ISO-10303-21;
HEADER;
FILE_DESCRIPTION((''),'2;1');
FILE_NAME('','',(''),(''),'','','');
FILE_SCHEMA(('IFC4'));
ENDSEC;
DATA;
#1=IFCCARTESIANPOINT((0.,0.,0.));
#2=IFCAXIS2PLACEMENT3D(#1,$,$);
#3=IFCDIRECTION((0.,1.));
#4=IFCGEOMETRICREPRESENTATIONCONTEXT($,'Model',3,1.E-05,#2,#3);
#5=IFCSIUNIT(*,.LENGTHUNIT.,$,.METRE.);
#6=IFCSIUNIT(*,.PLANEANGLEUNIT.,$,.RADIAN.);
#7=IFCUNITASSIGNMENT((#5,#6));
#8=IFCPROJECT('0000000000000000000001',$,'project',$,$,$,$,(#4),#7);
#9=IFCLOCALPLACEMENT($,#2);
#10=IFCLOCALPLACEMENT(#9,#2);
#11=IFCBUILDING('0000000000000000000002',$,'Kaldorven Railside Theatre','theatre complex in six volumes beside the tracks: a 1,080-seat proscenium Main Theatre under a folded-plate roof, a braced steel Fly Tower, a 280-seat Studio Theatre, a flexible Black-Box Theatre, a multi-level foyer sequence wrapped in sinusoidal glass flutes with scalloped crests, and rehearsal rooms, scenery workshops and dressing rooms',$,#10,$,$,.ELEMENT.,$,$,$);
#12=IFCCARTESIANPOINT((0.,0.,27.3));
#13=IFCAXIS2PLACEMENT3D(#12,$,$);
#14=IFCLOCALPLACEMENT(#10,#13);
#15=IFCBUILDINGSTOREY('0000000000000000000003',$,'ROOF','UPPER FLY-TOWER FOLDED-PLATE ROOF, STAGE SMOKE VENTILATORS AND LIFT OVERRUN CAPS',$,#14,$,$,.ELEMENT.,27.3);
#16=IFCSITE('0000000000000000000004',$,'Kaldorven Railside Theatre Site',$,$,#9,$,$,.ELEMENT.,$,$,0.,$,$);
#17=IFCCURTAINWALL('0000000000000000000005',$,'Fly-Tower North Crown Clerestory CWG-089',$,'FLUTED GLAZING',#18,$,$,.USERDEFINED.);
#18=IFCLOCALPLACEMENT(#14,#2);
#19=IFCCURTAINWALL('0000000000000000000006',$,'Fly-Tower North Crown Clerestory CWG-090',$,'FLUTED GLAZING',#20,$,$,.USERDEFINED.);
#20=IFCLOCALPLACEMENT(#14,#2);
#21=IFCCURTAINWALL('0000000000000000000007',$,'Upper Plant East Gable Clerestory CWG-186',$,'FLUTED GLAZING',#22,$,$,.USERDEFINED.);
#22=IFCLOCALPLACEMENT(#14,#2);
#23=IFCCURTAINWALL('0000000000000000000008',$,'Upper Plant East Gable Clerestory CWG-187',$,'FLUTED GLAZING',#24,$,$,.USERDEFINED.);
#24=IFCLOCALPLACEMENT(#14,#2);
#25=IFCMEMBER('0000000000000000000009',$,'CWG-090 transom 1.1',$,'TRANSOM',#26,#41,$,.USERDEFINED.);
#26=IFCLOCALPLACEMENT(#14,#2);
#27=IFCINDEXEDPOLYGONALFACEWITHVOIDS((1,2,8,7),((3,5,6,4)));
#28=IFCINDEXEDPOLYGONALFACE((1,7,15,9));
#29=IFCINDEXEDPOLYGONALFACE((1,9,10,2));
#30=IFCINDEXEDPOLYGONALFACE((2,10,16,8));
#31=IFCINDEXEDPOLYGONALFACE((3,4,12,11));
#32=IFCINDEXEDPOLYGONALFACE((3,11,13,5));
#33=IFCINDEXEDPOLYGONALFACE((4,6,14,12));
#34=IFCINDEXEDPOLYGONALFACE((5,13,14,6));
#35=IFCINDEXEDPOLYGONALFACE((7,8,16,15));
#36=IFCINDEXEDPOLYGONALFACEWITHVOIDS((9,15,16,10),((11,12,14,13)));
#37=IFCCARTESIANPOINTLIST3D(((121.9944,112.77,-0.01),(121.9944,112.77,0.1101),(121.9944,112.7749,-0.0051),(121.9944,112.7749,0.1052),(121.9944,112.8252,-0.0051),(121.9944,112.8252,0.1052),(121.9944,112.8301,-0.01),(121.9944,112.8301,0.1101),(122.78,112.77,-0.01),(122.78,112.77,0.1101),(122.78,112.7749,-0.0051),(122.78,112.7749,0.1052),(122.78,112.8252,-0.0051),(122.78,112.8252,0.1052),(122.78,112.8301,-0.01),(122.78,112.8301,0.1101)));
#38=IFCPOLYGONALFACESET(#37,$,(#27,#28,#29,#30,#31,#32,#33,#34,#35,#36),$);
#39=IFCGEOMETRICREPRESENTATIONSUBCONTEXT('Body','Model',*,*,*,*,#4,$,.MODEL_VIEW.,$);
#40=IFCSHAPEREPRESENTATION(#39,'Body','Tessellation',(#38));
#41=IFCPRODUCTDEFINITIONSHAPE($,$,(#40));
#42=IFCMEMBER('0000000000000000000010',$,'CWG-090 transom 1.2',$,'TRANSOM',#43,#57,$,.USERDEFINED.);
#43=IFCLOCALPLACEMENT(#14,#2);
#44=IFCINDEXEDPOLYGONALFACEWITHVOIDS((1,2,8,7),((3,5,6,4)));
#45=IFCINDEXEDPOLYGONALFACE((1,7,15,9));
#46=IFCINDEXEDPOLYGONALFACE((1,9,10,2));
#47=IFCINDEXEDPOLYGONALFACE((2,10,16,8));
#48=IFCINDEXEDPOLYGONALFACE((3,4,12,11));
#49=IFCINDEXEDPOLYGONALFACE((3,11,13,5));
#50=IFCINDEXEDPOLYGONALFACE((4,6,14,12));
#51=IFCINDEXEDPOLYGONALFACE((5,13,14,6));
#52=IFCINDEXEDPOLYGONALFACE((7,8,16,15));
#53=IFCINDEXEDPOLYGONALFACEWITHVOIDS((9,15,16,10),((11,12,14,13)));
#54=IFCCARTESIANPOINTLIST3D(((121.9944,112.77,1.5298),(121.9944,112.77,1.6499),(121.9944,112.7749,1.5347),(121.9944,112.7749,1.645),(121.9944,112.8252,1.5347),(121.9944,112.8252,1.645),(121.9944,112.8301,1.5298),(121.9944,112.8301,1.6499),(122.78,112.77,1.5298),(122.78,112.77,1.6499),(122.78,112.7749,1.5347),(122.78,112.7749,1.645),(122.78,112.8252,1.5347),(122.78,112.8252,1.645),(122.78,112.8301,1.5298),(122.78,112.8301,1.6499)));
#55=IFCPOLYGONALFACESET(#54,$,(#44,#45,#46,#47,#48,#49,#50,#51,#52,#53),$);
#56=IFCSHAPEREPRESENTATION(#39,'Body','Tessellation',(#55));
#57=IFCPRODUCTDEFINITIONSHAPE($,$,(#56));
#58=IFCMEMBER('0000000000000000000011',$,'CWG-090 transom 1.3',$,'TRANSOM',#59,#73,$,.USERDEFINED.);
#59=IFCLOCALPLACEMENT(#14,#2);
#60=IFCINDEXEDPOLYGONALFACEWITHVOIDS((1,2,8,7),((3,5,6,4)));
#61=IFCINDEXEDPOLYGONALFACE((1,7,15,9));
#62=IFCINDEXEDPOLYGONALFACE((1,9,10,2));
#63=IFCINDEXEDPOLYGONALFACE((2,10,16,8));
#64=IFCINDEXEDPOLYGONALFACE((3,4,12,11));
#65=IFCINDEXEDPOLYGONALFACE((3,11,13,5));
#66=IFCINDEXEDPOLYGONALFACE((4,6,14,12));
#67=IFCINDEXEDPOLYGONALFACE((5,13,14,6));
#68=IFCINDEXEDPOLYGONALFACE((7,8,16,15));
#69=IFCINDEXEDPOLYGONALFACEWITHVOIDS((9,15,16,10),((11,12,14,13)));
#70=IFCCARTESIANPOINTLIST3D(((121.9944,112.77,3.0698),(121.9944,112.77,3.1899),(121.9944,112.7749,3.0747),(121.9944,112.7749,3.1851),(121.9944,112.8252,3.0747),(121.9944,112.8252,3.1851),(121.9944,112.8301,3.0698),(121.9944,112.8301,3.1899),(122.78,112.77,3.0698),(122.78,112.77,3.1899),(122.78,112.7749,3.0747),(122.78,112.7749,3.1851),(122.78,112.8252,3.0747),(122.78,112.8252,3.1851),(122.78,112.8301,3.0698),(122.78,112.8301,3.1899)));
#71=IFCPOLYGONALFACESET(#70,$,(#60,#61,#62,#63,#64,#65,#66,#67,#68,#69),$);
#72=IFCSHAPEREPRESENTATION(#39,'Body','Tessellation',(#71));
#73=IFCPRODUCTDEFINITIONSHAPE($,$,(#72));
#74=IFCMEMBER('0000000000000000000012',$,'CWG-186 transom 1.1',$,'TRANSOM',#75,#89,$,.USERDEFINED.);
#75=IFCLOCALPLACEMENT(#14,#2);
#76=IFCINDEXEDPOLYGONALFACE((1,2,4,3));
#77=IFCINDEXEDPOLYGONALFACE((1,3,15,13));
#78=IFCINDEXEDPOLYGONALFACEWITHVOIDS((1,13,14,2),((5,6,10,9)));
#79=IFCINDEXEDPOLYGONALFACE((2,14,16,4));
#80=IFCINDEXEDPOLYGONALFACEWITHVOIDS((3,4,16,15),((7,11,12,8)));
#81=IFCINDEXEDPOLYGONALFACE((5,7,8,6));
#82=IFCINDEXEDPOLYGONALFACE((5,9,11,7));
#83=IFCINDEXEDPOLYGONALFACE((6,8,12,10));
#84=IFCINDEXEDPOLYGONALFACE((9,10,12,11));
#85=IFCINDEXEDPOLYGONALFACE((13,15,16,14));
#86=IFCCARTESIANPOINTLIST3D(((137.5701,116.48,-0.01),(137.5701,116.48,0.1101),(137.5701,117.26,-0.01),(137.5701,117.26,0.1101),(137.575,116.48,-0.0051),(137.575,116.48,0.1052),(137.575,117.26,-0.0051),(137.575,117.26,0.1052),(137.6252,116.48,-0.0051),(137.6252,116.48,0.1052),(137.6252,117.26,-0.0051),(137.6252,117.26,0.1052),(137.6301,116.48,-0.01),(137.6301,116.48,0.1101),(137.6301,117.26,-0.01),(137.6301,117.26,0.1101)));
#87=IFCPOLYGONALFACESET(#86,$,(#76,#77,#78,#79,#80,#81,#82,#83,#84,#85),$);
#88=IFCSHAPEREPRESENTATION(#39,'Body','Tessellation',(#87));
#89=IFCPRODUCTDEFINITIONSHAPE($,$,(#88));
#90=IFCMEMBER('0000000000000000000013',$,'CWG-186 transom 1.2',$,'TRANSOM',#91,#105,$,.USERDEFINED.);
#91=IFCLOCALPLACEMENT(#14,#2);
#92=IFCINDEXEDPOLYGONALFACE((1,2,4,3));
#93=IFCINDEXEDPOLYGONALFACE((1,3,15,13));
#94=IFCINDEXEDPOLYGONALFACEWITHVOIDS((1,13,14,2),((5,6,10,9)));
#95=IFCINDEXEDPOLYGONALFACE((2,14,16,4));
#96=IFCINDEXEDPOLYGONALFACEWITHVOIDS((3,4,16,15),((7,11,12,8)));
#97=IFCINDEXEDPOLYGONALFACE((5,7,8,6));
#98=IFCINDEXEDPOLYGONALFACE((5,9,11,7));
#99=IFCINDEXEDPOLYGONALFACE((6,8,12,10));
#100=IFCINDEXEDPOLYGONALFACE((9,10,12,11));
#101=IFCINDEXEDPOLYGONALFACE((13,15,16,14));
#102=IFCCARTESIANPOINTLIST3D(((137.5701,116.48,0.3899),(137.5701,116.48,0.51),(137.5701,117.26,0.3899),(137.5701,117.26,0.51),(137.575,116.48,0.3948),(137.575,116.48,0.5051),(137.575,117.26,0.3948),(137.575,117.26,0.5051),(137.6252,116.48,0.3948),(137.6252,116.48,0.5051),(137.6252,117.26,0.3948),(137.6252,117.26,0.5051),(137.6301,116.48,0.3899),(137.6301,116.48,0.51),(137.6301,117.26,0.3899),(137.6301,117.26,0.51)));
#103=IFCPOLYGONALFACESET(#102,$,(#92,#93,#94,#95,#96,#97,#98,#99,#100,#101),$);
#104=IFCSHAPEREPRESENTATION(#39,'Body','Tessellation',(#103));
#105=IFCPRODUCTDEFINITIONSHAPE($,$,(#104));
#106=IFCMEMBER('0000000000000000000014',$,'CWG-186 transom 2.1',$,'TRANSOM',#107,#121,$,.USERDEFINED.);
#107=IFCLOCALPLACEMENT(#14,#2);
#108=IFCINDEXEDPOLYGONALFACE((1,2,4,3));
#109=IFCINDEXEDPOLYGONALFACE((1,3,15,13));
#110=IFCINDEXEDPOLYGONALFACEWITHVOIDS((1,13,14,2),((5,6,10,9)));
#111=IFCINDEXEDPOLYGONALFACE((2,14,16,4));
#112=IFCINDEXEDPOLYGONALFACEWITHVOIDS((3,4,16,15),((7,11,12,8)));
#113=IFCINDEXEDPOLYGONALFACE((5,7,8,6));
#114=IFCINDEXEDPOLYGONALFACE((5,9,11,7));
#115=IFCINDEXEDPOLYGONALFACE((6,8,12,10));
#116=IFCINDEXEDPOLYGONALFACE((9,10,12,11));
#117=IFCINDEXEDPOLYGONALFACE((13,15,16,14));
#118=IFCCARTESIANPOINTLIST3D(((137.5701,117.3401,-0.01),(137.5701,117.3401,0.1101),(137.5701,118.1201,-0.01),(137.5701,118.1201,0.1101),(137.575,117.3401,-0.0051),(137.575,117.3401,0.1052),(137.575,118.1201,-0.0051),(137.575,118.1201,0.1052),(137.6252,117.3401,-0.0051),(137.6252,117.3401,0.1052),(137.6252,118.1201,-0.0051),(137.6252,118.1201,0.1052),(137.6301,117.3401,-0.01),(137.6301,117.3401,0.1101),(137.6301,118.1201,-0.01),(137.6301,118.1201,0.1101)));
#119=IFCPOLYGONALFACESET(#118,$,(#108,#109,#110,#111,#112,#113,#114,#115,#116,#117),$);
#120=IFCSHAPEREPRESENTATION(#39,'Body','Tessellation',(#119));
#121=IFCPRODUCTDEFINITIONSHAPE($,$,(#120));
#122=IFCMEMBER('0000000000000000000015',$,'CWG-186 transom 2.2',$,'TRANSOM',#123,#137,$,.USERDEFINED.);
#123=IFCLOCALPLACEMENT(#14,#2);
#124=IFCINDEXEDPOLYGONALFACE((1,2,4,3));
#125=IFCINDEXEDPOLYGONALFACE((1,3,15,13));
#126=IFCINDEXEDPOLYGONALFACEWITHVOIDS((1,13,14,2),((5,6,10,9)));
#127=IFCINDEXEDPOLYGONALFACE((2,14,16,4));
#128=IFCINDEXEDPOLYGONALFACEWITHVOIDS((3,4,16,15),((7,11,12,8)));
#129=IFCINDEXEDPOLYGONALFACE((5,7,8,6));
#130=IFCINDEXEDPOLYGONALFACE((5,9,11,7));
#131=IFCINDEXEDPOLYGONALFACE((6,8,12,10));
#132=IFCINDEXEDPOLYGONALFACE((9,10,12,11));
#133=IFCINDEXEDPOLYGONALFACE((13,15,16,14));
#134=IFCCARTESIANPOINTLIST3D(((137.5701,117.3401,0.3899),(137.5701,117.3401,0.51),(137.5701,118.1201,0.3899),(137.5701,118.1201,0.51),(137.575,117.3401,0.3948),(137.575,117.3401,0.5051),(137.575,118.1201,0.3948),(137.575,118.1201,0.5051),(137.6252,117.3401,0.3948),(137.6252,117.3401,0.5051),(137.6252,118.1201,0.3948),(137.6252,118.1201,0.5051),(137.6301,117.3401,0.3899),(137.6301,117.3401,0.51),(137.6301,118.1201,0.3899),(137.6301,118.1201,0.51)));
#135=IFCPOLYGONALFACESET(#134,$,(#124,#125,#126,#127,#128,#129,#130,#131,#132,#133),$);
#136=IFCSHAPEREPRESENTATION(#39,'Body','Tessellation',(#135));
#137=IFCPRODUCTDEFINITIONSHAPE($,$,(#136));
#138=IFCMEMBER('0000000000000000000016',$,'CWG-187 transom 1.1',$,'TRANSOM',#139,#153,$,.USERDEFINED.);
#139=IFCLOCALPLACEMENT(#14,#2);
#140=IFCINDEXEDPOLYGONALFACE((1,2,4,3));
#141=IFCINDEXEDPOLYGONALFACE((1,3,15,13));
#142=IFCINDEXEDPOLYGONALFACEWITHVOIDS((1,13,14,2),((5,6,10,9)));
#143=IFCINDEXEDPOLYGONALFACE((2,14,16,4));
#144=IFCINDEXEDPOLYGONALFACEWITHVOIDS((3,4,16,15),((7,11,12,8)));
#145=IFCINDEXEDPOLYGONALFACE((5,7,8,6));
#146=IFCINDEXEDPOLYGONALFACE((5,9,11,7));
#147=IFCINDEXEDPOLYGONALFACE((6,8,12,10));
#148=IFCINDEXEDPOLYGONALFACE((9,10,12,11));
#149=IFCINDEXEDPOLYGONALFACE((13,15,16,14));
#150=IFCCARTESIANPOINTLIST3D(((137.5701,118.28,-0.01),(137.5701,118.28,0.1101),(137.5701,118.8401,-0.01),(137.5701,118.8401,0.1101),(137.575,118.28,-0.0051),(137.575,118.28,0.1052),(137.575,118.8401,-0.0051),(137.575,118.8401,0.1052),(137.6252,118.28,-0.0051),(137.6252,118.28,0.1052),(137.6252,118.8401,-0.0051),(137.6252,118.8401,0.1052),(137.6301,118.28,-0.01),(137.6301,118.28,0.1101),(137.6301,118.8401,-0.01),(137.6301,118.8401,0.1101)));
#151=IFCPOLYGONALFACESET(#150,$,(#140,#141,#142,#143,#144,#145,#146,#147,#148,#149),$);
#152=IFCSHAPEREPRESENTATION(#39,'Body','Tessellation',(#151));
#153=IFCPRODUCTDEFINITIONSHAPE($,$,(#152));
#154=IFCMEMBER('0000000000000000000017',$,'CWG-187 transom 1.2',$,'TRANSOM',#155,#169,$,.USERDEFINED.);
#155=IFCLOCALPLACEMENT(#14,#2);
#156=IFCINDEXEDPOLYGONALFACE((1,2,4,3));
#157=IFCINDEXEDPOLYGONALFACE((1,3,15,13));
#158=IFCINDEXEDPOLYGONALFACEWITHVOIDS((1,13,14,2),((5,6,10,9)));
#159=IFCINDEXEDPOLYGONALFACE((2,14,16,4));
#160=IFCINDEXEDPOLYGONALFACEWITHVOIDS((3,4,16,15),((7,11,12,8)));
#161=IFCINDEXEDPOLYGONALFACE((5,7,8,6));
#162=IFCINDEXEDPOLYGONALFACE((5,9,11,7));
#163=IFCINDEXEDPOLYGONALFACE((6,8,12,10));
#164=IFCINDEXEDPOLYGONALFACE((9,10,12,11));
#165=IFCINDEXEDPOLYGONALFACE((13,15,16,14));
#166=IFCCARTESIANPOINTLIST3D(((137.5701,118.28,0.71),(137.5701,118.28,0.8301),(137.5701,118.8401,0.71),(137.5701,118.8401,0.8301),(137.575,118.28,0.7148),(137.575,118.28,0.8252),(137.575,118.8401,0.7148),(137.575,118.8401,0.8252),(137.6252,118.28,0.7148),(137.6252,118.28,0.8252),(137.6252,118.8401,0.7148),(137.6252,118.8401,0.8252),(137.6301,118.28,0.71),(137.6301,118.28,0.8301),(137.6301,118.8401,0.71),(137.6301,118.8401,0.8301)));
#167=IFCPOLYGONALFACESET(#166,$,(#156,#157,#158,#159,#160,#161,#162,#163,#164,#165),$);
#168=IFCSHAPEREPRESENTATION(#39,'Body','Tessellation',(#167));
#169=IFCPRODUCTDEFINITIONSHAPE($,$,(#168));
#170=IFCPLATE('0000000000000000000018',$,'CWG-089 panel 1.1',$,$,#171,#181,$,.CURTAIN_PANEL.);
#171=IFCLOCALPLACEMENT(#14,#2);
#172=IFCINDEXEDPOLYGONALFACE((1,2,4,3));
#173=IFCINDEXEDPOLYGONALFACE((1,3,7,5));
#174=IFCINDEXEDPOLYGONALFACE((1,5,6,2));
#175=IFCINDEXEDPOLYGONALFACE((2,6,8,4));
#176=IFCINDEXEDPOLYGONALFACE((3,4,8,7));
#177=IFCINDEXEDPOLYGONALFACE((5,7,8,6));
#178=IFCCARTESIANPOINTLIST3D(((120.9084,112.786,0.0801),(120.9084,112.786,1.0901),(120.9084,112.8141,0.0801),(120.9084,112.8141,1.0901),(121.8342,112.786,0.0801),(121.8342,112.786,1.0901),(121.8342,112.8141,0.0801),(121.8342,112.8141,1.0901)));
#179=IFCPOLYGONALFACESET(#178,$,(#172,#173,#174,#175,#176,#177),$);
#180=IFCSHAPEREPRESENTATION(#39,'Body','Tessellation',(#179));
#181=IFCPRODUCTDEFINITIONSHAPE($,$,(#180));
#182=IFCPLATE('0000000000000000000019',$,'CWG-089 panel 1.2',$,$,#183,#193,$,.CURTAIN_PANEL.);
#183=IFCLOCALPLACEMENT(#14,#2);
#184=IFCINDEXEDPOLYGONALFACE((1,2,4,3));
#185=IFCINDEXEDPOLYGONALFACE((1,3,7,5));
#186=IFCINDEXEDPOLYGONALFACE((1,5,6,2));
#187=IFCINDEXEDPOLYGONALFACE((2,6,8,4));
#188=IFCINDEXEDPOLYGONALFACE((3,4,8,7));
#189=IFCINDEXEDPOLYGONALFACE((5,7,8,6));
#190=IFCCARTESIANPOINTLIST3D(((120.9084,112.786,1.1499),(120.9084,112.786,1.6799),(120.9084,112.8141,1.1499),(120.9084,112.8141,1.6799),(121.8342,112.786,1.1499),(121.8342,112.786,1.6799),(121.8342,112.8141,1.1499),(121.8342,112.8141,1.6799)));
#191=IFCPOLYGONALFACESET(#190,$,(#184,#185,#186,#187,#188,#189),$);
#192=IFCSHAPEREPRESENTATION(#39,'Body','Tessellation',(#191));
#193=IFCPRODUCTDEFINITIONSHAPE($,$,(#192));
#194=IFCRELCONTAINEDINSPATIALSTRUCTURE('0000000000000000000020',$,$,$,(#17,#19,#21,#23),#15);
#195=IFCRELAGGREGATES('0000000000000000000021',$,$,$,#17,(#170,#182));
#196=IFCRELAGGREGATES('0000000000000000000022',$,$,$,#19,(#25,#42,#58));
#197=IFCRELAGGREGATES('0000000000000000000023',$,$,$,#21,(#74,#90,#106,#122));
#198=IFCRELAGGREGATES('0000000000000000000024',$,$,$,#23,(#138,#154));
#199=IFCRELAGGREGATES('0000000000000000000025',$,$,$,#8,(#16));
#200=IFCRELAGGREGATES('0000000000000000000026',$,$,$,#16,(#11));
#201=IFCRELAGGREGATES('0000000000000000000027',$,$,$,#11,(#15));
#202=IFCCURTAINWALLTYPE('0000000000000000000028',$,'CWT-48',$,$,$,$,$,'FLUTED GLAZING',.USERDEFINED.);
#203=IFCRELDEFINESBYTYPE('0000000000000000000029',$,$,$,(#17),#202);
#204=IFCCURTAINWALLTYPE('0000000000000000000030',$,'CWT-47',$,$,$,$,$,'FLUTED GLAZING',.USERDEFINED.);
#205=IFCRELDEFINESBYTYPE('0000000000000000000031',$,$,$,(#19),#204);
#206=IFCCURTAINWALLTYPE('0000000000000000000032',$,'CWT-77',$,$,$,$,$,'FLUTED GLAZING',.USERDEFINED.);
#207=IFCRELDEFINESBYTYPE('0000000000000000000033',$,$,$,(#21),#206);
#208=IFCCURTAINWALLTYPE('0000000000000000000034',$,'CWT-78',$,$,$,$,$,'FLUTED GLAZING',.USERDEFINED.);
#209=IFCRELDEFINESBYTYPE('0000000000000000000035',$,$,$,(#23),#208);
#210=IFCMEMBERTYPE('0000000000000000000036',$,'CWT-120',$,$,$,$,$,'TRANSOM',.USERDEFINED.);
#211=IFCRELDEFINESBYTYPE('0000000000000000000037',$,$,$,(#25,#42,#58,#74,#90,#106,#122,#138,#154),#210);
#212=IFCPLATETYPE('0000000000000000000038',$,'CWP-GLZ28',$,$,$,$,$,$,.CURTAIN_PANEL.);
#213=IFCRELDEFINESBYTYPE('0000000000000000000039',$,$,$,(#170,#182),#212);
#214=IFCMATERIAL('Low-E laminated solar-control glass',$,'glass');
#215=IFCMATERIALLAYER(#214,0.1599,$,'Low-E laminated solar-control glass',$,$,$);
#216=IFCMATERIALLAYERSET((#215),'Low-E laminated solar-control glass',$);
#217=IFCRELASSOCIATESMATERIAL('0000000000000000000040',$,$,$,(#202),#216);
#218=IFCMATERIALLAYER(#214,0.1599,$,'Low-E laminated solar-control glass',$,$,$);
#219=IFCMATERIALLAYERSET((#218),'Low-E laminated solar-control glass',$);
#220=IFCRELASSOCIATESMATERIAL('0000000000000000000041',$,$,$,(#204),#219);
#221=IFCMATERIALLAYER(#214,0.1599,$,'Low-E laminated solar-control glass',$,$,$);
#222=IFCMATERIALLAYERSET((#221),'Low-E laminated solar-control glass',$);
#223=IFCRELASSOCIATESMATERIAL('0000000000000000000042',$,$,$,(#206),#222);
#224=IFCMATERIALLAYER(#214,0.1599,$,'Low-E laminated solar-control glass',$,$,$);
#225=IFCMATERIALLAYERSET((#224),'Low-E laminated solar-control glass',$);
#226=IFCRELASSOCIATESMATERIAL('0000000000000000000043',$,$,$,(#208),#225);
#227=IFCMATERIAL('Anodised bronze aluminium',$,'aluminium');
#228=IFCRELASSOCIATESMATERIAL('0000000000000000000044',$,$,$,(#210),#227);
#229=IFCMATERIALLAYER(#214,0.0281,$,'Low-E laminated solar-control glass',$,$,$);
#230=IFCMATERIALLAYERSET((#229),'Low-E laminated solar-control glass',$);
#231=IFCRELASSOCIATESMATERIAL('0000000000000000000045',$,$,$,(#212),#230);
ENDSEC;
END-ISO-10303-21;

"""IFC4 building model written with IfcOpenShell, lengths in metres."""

from ifc_helpers import new_model, si_unit, direction, frame, origin, origin_2d, place, context, subcontext, project, spatial, rectangle, hollow_rectangle, extrude, material, layer, layer_set, material_profile, profile_set, type_object, element, aggregate, save


model = new_model("IFC4")

# Units and contexts
model_context = context("Model", 3, precision=1e-05, world=origin(), true_north=direction((0.0, 1.0)))
body_context = subcontext(model_context, "Body", "Model", "MODEL_VIEW")
ifc_project = project(units=[si_unit("LENGTHUNIT", "METRE"), si_unit("PLANEANGLEUNIT", "RADIAN")], contexts=[model_context])

# Site, building, storey
site_placement = place(None, origin())
site = spatial("IfcSite", under=ifc_project, at=site_placement, Name="Kaldorven Railside Theatre Site", CompositionType="ELEMENT", RefElevation=0.0)
building_placement = place(site_placement, origin())
building = spatial("IfcBuilding", under=site, at=building_placement, Name="Kaldorven Railside Theatre", Description="theatre complex in six volumes beside the tracks: a 1,080-seat proscenium Main Theatre under a folded-plate roof, a braced steel Fly Tower, a 280-seat Studio Theatre, a flexible Black-Box Theatre, a multi-level foyer sequence wrapped in sinusoidal glass flutes with scalloped crests, and rehearsal rooms, scenery workshops and dressing rooms", CompositionType="ELEMENT")
storey_placement = place(building_placement, frame((0.0, 0.0, 27.3)))
storey = spatial("IfcBuildingStorey", under=building, at=storey_placement, Name="ROOF", Description="UPPER FLY-TOWER FOLDED-PLATE ROOF, STAGE SMOKE VENTILATORS AND LIFT OVERRUN CAPS", CompositionType="ELEMENT", Elevation=27.3)

# Curtain wall
ifc_material_1 = material(Name="Low-E laminated solar-control glass", Category="glass")
ifc_layer_1 = layer(ifc_material_1, 0.1599, Name="Low-E laminated solar-control glass")
ifc_layer_set_1 = layer_set([ifc_layer_1], Name="Low-E laminated solar-control glass")
curtain_wall_type_1 = type_object("IfcCurtainWallType", Name="CWT-48", ElementType="FLUTED GLAZING", PredefinedType="USERDEFINED", material=ifc_layer_set_1)
curtain_wall_1_placement = place(storey_placement, origin())
curtain_wall_1 = element("IfcCurtainWall", 1, at=curtain_wall_1_placement, inside=storey, type_object=curtain_wall_type_1, Name="Fly-Tower North Crown Clerestory CWG-089", ObjectType="FLUTED GLAZING", PredefinedType="USERDEFINED")
ifc_material_2 = material(Name="Anodised bronze aluminium", Category="aluminium")

# Curtain walls
ifc_layer_2 = layer(ifc_material_1, 0.1599, Name="Low-E laminated solar-control glass")
ifc_layer_set_2 = layer_set([ifc_layer_2], Name="Low-E laminated solar-control glass")
curtain_wall_type_2 = type_object("IfcCurtainWallType", Name="CWT-47", ElementType="FLUTED GLAZING", PredefinedType="USERDEFINED", material=ifc_layer_set_2)
curtain_wall_2_placement = place(storey_placement, origin())
curtain_wall_2 = element("IfcCurtainWall", 2, at=curtain_wall_2_placement, inside=storey, type_object=curtain_wall_type_2, Name="Fly-Tower North Crown Clerestory CWG-090", ObjectType="FLUTED GLAZING", PredefinedType="USERDEFINED")
ifc_layer_3 = layer(ifc_material_1, 0.1599, Name="Low-E laminated solar-control glass")
ifc_layer_set_3 = layer_set([ifc_layer_3], Name="Low-E laminated solar-control glass")
curtain_wall_type_3 = type_object("IfcCurtainWallType", Name="CWT-77", ElementType="FLUTED GLAZING", PredefinedType="USERDEFINED", material=ifc_layer_set_3)
curtain_wall_3_placement = place(storey_placement, origin())
curtain_wall_3 = element("IfcCurtainWall", 3, at=curtain_wall_3_placement, inside=storey, type_object=curtain_wall_type_3, Name="Upper Plant East Gable Clerestory CWG-186", ObjectType="FLUTED GLAZING", PredefinedType="USERDEFINED")
ifc_layer_4 = layer(ifc_material_1, 0.1599, Name="Low-E laminated solar-control glass")
ifc_layer_set_4 = layer_set([ifc_layer_4], Name="Low-E laminated solar-control glass")
curtain_wall_type_4 = type_object("IfcCurtainWallType", Name="CWT-78", ElementType="FLUTED GLAZING", PredefinedType="USERDEFINED", material=ifc_layer_set_4)
curtain_wall_4_placement = place(storey_placement, origin())
curtain_wall_4 = element("IfcCurtainWall", 4, at=curtain_wall_4_placement, inside=storey, type_object=curtain_wall_type_4, Name="Upper Plant East Gable Clerestory CWG-187", ObjectType="FLUTED GLAZING", PredefinedType="USERDEFINED")

# Members
ifc_material_profile_1 = material_profile(ifc_material_2, hollow_rectangle(XDim=0.0601, YDim=0.1201, WallThickness=0.0049, at=origin_2d()), Name="RHS 120x60x5")
ifc_profile_set_1 = profile_set([ifc_material_profile_1], Name="Anodised bronze aluminium")
member_type_1 = type_object("IfcMemberType", Name="CWT-120", ElementType="TRANSOM", PredefinedType="USERDEFINED", material=ifc_profile_set_1)
member_1_placement = place(storey_placement, frame((121.9944, 112.8, 0.05), z_axis=(1.0, 0.0, 0.0), x_axis=(0.0, 1.0, 0.0)))
member_1 = element("IfcMember", 5, at=member_1_placement, type_object=member_type_1, Name="CWG-090 transom 1.1", ObjectType="TRANSOM", PredefinedType="USERDEFINED", context=body_context, shape_type="SweptSolid", body=[
    extrude(hollow_rectangle(XDim=0.0601, YDim=0.1201, WallThickness=0.0049, at=origin_2d()), origin(), (0.0, 0.0, 1.0), 0.7856),
])
member_2_placement = place(storey_placement, frame((121.9944, 112.8, 1.5898), z_axis=(1.0, 0.0, 0.0), x_axis=(0.0, 1.0, 0.0)))
member_2 = element("IfcMember", 6, at=member_2_placement, type_object=member_type_1, Name="CWG-090 transom 1.2", ObjectType="TRANSOM", PredefinedType="USERDEFINED", context=body_context, shape_type="SweptSolid", body=[
    extrude(hollow_rectangle(XDim=0.0601, YDim=0.1201, WallThickness=0.0049, at=origin_2d()), origin(), (0.0, 0.0, 1.0), 0.7856),
])
member_3_placement = place(storey_placement, frame((121.9944, 112.8, 3.1299), z_axis=(1.0, 0.0, 0.0), x_axis=(0.0, 1.0, 0.0)))
member_3 = element("IfcMember", 7, at=member_3_placement, type_object=member_type_1, Name="CWG-090 transom 1.3", ObjectType="TRANSOM", PredefinedType="USERDEFINED", context=body_context, shape_type="SweptSolid", body=[
    extrude(hollow_rectangle(XDim=0.0601, YDim=0.1201, WallThickness=0.0049, at=origin_2d()), origin(), (0.0, 0.0, 1.0), 0.7856),
])
member_4_placement = place(storey_placement, frame((137.6001, 116.48, 0.05), z_axis=(0.0, 1.0, 0.0), x_axis=(-1.0, 0.0, 0.0)))
member_4 = element("IfcMember", 8, at=member_4_placement, type_object=member_type_1, Name="CWG-186 transom 1.1", ObjectType="TRANSOM", PredefinedType="USERDEFINED", context=body_context, shape_type="SweptSolid", body=[
    extrude(hollow_rectangle(XDim=0.0601, YDim=0.1201, WallThickness=0.0049, at=origin_2d()), origin(), (0.0, 0.0, 1.0), 0.78),
])
member_5_placement = place(storey_placement, frame((137.6001, 116.48, 0.45), z_axis=(0.0, 1.0, 0.0), x_axis=(-1.0, 0.0, 0.0)))
member_5 = element("IfcMember", 9, at=member_5_placement, type_object=member_type_1, Name="CWG-186 transom 1.2", ObjectType="TRANSOM", PredefinedType="USERDEFINED", context=body_context, shape_type="SweptSolid", body=[
    extrude(hollow_rectangle(XDim=0.0601, YDim=0.1201, WallThickness=0.0049, at=origin_2d()), origin(), (0.0, 0.0, 1.0), 0.78),
])
member_6_placement = place(storey_placement, frame((137.6001, 117.3401, 0.05), z_axis=(0.0, 1.0, 0.0), x_axis=(-1.0, 0.0, 0.0)))
member_6 = element("IfcMember", 10, at=member_6_placement, type_object=member_type_1, Name="CWG-186 transom 2.1", ObjectType="TRANSOM", PredefinedType="USERDEFINED", context=body_context, shape_type="SweptSolid", body=[
    extrude(hollow_rectangle(XDim=0.0601, YDim=0.1201, WallThickness=0.0049, at=origin_2d()), origin(), (0.0, 0.0, 1.0), 0.78),
])
member_7_placement = place(storey_placement, frame((137.6001, 117.3401, 0.45), z_axis=(0.0, 1.0, 0.0), x_axis=(-1.0, 0.0, 0.0)))
member_7 = element("IfcMember", 11, at=member_7_placement, type_object=member_type_1, Name="CWG-186 transom 2.2", ObjectType="TRANSOM", PredefinedType="USERDEFINED", context=body_context, shape_type="SweptSolid", body=[
    extrude(hollow_rectangle(XDim=0.0601, YDim=0.1201, WallThickness=0.0049, at=origin_2d()), origin(), (0.0, 0.0, 1.0), 0.78),
])
member_8_placement = place(storey_placement, frame((137.6001, 118.28, 0.05), z_axis=(0.0, 1.0, 0.0), x_axis=(-1.0, 0.0, 0.0)))
member_8 = element("IfcMember", 12, at=member_8_placement, type_object=member_type_1, Name="CWG-187 transom 1.1", ObjectType="TRANSOM", PredefinedType="USERDEFINED", context=body_context, shape_type="SweptSolid", body=[
    extrude(hollow_rectangle(XDim=0.0601, YDim=0.1201, WallThickness=0.0049, at=origin_2d()), origin(), (0.0, 0.0, 1.0), 0.5601),
])
member_9_placement = place(storey_placement, frame((137.6001, 118.28, 0.77), z_axis=(0.0, 1.0, 0.0), x_axis=(-1.0, 0.0, 0.0)))
member_9 = element("IfcMember", 13, at=member_9_placement, type_object=member_type_1, Name="CWG-187 transom 1.2", ObjectType="TRANSOM", PredefinedType="USERDEFINED", context=body_context, shape_type="SweptSolid", body=[
    extrude(hollow_rectangle(XDim=0.0601, YDim=0.1201, WallThickness=0.0049, at=origin_2d()), origin(), (0.0, 0.0, 1.0), 0.5601),
])

# Plates
ifc_layer_5 = layer(ifc_material_1, 0.0281, Name="Low-E laminated solar-control glass")
ifc_layer_set_5 = layer_set([ifc_layer_5], Name="Low-E laminated solar-control glass")
plate_type = type_object("IfcPlateType", Name="CWP-GLZ28", PredefinedType="CURTAIN_PANEL", material=ifc_layer_set_5)
plate_1_placement = place(storey_placement, frame((121.3713, 112.8, 0.0801), z_axis=(0.0, 0.0, 1.0), x_axis=(1.0, 0.0, 0.0)))
plate_1 = element("IfcPlate", 14, at=plate_1_placement, type_object=plate_type, Name="CWG-089 panel 1.1", PredefinedType="CURTAIN_PANEL", context=body_context, shape_type="SweptSolid", body=[
    extrude(rectangle(XDim=0.9258, YDim=0.0281, at=origin_2d()), origin(), (0.0, 0.0, 1.0), 1.01),
])
plate_2_placement = place(storey_placement, frame((121.3713, 112.8, 1.1499), z_axis=(0.0, 0.0, 1.0), x_axis=(1.0, 0.0, 0.0)))
plate_2 = element("IfcPlate", 15, at=plate_2_placement, type_object=plate_type, Name="CWG-089 panel 1.2", PredefinedType="CURTAIN_PANEL", context=body_context, shape_type="SweptSolid", body=[
    extrude(rectangle(XDim=0.9258, YDim=0.0281, at=origin_2d()), origin(), (0.0, 0.0, 1.0), 0.53),
])
aggregate(curtain_wall_1, [plate_1, plate_2])
aggregate(curtain_wall_2, [member_1, member_2, member_3])
aggregate(curtain_wall_3, [member_4, member_5, member_6, member_7])
aggregate(curtain_wall_4, [member_8, member_9])

save(model, "model.ifc")
